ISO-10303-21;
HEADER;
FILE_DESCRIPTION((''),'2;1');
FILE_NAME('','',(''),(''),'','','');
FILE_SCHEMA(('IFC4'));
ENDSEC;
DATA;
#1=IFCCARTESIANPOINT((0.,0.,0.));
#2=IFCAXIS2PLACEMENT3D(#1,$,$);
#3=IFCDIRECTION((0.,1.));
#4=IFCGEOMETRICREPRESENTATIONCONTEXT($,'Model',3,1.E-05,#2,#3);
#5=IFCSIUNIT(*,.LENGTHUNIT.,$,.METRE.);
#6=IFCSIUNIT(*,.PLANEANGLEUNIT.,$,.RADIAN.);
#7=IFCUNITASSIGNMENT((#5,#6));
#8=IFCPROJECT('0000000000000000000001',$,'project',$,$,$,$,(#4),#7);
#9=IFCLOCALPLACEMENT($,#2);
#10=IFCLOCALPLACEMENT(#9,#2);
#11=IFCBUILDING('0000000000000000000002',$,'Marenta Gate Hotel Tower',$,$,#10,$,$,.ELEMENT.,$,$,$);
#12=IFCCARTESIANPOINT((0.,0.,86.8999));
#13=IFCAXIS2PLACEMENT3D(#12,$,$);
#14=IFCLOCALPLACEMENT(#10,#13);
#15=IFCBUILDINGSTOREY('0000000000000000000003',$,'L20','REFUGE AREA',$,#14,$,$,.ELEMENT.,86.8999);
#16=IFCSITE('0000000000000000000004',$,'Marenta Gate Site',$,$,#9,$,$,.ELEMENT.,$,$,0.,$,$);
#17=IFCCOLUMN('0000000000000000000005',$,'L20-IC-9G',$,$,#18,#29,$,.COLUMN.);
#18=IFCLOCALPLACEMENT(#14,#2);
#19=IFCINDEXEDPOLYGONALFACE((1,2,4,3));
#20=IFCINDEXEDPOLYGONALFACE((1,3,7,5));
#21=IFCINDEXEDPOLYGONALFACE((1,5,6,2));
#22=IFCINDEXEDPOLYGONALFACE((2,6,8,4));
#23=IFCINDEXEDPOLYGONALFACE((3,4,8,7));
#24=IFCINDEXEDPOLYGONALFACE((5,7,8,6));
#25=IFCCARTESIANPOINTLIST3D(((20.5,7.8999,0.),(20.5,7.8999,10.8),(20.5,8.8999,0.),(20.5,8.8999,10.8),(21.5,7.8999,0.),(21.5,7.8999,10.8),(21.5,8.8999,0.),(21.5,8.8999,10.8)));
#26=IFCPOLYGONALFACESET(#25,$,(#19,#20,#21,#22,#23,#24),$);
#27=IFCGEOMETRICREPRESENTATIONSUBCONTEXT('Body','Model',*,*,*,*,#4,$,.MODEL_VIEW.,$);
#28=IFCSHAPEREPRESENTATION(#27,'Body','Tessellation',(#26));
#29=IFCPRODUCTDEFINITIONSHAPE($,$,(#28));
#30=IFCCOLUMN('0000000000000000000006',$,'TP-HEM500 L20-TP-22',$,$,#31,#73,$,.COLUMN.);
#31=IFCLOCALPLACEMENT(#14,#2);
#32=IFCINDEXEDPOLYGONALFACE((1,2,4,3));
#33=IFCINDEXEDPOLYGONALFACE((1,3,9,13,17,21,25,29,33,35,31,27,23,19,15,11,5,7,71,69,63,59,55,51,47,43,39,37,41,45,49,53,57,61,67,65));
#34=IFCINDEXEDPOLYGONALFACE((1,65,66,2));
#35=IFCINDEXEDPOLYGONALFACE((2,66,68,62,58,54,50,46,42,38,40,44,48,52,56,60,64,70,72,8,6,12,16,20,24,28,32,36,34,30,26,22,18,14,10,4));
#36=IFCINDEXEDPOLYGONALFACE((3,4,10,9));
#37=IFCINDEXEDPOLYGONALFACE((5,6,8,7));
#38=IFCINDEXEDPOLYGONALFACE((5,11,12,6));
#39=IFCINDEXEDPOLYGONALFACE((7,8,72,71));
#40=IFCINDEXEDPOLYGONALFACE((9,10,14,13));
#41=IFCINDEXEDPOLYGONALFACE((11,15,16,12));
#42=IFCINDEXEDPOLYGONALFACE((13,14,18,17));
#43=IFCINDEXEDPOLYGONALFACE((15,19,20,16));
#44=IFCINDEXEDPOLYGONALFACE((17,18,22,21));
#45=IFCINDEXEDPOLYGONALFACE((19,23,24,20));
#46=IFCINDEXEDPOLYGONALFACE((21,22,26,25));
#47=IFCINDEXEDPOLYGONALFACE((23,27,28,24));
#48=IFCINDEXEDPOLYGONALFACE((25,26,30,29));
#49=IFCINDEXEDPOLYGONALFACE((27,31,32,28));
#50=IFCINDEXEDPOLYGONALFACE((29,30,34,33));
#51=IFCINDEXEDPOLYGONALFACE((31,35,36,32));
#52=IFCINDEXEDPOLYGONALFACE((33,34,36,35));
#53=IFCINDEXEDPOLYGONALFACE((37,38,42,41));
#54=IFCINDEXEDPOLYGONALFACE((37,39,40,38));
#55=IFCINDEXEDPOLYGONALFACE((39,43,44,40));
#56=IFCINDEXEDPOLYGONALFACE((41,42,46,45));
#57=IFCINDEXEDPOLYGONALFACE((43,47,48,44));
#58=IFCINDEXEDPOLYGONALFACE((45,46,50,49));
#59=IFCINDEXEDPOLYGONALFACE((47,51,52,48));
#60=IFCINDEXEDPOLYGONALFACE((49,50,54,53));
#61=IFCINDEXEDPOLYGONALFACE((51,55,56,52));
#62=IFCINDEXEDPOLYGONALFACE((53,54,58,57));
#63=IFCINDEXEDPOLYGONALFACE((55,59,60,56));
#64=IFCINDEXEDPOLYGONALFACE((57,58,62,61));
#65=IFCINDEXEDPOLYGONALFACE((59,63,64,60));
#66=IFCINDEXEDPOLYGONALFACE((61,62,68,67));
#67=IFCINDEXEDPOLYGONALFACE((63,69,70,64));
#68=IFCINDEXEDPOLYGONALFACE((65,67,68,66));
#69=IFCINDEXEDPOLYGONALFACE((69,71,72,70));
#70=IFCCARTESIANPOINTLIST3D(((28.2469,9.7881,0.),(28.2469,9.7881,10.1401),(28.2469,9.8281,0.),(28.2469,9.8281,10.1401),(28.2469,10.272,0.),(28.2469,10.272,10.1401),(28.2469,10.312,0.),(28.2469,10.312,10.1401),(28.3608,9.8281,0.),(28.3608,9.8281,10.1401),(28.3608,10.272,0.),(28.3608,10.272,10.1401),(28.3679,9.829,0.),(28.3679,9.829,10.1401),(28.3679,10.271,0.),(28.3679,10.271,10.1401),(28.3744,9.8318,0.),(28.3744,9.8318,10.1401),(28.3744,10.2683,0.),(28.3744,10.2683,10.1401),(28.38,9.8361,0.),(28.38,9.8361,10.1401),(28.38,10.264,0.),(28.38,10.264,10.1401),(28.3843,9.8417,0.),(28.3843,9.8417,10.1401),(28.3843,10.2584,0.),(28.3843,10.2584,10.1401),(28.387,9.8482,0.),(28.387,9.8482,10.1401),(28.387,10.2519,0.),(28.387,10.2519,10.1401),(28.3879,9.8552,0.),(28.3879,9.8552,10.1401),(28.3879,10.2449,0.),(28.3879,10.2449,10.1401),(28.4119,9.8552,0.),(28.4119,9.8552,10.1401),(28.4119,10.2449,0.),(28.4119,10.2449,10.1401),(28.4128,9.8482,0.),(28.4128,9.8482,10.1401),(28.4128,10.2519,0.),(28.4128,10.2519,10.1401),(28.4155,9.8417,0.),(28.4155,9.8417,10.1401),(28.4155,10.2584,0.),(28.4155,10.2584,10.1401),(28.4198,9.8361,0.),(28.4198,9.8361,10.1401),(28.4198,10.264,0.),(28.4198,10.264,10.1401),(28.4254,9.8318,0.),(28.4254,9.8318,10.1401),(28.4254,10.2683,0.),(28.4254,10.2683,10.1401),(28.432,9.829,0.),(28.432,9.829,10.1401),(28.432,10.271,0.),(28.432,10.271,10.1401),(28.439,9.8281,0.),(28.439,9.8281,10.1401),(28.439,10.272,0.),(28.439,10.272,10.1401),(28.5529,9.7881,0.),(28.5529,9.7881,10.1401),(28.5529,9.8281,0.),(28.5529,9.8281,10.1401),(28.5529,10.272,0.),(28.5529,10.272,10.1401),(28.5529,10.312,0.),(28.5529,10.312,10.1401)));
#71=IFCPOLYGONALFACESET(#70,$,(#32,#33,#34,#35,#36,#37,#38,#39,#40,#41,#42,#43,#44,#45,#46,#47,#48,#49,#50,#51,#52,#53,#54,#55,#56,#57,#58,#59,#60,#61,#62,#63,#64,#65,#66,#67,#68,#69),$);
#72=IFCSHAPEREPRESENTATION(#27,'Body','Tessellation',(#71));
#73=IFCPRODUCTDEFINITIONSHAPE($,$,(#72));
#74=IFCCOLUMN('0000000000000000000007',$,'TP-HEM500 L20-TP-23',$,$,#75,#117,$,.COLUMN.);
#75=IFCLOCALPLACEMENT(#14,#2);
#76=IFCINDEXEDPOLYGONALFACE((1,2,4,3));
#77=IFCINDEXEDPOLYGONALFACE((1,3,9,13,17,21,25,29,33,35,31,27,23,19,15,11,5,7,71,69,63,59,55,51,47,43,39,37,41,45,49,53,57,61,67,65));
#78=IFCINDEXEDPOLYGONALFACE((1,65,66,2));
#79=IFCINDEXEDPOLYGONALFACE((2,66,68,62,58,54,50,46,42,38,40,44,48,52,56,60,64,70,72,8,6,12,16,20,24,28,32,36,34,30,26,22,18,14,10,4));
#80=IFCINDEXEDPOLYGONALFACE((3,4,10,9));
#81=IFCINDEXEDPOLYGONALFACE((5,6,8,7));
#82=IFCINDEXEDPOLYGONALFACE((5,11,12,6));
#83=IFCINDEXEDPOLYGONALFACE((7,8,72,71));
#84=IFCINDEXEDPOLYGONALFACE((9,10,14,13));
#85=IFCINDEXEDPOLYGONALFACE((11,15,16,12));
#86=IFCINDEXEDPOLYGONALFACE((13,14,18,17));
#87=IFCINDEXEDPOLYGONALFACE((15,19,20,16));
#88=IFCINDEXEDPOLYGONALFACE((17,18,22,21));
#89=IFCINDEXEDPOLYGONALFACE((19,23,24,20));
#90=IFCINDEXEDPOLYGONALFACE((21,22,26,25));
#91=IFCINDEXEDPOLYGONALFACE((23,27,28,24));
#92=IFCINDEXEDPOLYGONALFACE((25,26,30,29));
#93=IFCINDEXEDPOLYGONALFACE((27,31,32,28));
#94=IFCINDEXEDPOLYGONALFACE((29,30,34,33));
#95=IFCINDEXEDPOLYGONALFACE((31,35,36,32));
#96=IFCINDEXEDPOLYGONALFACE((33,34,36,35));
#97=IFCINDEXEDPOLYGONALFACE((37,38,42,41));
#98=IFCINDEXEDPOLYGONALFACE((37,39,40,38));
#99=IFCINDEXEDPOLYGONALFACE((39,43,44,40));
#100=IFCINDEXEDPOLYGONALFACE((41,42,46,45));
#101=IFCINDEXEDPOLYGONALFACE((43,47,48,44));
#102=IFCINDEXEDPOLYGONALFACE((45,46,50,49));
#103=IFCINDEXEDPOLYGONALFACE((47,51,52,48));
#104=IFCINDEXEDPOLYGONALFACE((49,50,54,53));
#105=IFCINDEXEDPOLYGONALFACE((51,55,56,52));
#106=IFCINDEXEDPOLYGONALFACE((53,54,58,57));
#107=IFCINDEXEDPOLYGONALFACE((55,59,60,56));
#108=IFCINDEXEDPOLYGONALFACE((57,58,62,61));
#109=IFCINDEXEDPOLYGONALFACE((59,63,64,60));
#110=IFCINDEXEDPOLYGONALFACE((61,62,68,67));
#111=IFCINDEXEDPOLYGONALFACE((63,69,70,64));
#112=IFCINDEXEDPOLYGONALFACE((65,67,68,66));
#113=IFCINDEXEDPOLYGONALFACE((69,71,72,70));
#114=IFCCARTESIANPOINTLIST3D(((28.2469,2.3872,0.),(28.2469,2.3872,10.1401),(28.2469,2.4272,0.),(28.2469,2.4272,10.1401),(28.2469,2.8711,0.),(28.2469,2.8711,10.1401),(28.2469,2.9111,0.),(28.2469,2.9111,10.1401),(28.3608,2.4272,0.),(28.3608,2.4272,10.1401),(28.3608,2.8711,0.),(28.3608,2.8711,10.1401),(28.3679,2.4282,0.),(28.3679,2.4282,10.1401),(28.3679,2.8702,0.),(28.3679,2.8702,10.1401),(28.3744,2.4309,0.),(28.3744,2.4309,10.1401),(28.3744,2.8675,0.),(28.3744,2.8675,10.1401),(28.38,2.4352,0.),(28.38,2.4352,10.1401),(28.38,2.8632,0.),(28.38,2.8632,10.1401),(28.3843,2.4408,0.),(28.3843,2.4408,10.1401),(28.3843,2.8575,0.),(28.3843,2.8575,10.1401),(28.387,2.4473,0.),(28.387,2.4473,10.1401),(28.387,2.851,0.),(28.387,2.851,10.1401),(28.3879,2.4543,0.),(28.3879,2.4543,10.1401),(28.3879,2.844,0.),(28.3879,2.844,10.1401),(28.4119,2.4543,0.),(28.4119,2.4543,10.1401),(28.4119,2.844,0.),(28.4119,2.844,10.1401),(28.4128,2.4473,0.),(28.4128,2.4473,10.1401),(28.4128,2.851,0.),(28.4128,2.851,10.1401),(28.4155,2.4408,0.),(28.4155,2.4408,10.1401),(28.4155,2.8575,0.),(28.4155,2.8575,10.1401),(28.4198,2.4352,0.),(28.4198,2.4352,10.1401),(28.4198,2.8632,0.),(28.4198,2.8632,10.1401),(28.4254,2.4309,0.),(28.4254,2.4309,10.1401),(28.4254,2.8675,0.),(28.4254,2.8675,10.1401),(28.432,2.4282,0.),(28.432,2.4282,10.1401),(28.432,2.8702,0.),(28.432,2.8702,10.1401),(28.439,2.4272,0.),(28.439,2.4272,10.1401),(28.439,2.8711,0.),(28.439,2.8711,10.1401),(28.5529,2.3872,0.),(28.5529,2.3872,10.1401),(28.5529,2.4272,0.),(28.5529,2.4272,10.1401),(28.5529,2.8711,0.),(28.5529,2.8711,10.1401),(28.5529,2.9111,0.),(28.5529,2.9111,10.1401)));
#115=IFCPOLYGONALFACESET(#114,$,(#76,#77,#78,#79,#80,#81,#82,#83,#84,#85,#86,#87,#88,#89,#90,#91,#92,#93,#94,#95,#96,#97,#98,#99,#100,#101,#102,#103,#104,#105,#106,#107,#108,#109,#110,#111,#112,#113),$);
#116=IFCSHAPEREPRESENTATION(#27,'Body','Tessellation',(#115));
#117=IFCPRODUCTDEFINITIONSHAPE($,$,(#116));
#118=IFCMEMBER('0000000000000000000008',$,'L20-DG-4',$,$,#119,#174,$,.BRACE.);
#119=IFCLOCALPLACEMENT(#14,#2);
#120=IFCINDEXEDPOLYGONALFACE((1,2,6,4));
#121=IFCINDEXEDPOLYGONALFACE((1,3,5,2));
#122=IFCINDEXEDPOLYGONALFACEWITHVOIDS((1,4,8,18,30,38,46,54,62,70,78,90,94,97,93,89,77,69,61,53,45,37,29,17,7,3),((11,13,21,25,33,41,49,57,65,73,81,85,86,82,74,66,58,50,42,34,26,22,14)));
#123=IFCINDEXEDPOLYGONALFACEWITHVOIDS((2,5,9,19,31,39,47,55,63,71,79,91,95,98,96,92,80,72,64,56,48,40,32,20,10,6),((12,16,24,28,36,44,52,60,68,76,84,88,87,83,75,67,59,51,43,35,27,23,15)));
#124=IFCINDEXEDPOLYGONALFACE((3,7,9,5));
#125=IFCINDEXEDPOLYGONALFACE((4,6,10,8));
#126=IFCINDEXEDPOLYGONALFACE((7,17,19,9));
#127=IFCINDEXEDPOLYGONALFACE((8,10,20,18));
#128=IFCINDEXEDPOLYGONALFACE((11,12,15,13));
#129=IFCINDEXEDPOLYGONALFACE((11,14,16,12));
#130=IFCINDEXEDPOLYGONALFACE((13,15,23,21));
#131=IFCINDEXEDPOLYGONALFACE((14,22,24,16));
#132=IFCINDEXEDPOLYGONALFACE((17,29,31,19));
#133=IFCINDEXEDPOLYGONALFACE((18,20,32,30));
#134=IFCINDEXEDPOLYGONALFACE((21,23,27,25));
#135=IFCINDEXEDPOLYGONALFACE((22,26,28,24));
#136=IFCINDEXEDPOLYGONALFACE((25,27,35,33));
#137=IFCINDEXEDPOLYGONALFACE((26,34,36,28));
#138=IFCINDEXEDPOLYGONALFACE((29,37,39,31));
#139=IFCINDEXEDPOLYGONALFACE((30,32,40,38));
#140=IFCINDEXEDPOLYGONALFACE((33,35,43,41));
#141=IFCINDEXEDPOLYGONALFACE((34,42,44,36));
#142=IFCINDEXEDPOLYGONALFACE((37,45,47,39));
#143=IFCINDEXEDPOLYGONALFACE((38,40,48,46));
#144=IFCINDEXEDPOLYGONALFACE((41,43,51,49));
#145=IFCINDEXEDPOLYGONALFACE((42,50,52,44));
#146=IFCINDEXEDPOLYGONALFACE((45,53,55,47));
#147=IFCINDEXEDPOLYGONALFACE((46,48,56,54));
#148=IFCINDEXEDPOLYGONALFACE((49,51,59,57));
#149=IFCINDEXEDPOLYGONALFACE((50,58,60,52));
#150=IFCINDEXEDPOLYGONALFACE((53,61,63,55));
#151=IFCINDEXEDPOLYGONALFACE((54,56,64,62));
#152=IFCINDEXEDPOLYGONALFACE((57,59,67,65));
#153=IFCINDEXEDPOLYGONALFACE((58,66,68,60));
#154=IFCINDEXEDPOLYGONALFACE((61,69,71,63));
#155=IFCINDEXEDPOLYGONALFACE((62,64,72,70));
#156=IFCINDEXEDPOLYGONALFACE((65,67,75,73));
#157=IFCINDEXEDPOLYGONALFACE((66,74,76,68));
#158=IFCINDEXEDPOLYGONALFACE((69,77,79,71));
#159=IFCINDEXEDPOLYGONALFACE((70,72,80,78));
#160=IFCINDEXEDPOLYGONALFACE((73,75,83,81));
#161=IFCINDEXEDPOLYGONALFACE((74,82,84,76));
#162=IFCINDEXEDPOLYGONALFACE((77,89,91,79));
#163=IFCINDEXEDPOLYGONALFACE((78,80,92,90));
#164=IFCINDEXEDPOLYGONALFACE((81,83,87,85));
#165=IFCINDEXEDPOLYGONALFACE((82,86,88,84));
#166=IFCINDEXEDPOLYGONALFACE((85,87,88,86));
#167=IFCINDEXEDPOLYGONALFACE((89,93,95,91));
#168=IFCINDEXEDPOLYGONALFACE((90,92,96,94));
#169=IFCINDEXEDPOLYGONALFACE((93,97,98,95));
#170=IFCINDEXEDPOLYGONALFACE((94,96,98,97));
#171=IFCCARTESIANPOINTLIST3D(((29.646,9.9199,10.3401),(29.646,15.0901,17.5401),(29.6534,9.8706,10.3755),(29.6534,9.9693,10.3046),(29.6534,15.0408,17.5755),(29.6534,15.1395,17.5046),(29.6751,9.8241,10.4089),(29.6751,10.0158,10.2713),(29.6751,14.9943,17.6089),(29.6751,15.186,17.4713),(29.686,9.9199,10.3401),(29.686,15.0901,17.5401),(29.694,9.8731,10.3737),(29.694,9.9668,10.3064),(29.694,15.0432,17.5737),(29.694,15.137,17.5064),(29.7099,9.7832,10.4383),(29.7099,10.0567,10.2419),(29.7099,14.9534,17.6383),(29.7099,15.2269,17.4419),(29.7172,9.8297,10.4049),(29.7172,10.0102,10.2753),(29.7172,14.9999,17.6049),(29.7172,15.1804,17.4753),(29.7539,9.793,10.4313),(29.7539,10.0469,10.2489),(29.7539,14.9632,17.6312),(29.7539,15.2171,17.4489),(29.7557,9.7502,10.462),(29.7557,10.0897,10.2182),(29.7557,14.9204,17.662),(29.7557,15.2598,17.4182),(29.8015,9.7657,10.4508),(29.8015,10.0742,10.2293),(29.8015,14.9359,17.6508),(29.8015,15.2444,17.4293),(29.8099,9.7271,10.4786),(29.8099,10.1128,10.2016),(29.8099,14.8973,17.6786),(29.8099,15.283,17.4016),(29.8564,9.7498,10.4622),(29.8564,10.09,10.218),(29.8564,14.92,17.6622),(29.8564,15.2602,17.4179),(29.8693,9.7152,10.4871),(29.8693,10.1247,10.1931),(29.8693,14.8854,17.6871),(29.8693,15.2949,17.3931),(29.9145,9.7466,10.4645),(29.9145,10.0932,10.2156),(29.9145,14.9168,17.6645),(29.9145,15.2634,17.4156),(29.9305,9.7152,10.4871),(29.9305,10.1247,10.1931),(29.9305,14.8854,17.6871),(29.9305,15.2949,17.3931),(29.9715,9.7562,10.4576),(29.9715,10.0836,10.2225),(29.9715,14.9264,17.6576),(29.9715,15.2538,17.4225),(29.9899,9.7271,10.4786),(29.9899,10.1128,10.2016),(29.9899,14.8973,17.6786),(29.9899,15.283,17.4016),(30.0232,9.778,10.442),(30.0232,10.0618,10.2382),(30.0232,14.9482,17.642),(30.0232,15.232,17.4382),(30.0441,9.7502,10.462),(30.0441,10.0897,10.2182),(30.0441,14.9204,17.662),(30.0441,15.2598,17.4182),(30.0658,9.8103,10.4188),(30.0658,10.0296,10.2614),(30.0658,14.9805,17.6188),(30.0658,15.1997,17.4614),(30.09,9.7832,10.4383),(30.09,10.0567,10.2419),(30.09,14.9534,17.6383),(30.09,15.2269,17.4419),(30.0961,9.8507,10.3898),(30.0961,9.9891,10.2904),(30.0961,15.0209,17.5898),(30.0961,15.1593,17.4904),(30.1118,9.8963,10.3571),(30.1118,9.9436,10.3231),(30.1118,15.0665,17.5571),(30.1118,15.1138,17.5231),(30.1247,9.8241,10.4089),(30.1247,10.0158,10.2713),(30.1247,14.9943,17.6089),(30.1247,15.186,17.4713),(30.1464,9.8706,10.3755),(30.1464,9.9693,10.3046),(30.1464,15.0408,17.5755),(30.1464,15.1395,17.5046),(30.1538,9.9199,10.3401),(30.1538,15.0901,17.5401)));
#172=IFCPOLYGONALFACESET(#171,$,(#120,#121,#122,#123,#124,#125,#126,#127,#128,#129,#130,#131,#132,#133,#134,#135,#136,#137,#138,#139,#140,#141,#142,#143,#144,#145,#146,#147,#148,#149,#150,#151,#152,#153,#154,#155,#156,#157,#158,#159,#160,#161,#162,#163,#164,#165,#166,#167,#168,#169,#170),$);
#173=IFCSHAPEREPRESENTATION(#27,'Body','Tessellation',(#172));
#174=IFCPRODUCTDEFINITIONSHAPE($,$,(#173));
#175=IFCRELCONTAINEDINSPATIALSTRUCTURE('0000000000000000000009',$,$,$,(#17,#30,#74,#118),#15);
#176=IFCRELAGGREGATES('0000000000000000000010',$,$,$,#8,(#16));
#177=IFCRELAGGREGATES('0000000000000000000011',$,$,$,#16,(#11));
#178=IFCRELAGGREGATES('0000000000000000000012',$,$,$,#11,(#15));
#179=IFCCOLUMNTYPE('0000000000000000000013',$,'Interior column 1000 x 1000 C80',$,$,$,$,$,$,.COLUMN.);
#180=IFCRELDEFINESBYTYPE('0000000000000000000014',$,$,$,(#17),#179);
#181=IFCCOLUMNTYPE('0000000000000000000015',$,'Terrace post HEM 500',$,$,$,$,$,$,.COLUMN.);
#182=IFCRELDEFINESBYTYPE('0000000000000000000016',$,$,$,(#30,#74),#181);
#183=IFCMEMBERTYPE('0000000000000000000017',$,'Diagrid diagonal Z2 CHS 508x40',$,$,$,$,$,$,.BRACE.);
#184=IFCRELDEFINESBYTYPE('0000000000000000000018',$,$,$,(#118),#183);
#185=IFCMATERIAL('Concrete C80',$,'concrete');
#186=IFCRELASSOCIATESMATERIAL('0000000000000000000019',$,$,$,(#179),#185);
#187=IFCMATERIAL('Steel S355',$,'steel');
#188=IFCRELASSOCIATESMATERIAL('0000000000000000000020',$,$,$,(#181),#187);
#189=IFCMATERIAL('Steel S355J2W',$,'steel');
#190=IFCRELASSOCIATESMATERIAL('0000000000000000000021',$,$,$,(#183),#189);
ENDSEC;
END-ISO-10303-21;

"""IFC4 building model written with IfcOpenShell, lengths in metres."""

from ifc_helpers import new_model, si_unit, direction, frame, origin, origin_2d, place, context, subcontext, project, spatial, rectangle, hollow_circle, i_section, extrude, material, material_profile, profile_set, type_object, element, save


model = new_model("IFC4")

# Units and contexts
model_context = context("Model", 3, precision=1e-05, world=origin(), true_north=direction((0.0, 1.0)))
body_context = subcontext(model_context, "Body", "Model", "MODEL_VIEW")
ifc_project = project(units=[si_unit("LENGTHUNIT", "METRE"), si_unit("PLANEANGLEUNIT", "RADIAN")], contexts=[model_context])

# Site, building, storey
site_placement = place(None, origin())
site = spatial("IfcSite", under=ifc_project, at=site_placement, Name="Marenta Gate Site", CompositionType="ELEMENT", RefElevation=0.0)
building_placement = place(site_placement, origin())
building = spatial("IfcBuilding", under=site, at=building_placement, Name="Marenta Gate Hotel Tower", CompositionType="ELEMENT")
storey_placement = place(building_placement, frame((0.0, 0.0, 86.8999)))
storey = spatial("IfcBuildingStorey", under=building, at=storey_placement, Name="L20", Description="REFUGE AREA", CompositionType="ELEMENT", Elevation=86.8999)

# Columns
ifc_material_1 = material(Name="Concrete C80", Category="concrete")
ifc_material_profile_1 = material_profile(ifc_material_1, rectangle(XDim=1.0, YDim=1.0, at=origin_2d()), Name="1000 x 1000")
ifc_profile_set_1 = profile_set([ifc_material_profile_1], Name="Concrete C80")
column_type_1 = type_object("IfcColumnType", Name="Interior column 1000 x 1000 C80", PredefinedType="COLUMN", material=ifc_profile_set_1)
column_placement = place(storey_placement, frame((21.0, 8.3999, 0.0), z_axis=(0.0, 0.0, 1.0), x_axis=(1.0, 0.0, 0.0)))
element("IfcColumn", 1, at=column_placement, inside=storey, type_object=column_type_1, Name="L20-IC-9G", PredefinedType="COLUMN", context=body_context, shape_type="SweptSolid", body=[
    extrude(rectangle(XDim=1.0, YDim=1.0, at=origin_2d()), origin(), (0.0, 0.0, 1.0), 10.8),
])
ifc_material_2 = material(Name="Steel S355", Category="steel")
ifc_material_profile_2 = material_profile(ifc_material_2, i_section(OverallWidth=0.3059, OverallDepth=0.5239, WebThickness=0.0239, FlangeThickness=0.04, FilletRadius=0.0271, at=origin_2d()), Name="HEM 500")
ifc_profile_set_2 = profile_set([ifc_material_profile_2], Name="Steel S355")
column_type_2 = type_object("IfcColumnType", Name="Terrace post HEM 500", PredefinedType="COLUMN", material=ifc_profile_set_2)
for number, where, z_axis, x_axis, name in (
    (2, (28.3999, 10.05, 0.0), (0.0, 0.0, 1.0), (1.0, 0.0, 0.0), "TP-HEM500 L20-TP-22"),
    (3, (28.3999, 2.6492, 0.0), (0.0, 0.0, 1.0), (1.0, 0.0, 0.0), "TP-HEM500 L20-TP-23"),
):
    element("IfcColumn", number, at=place(storey_placement, frame(where, z_axis=z_axis, x_axis=x_axis)), inside=storey, type_object=column_type_2, Name=name, PredefinedType="COLUMN", context=body_context, shape_type="SweptSolid", body=[
        extrude(i_section(OverallWidth=0.3059, OverallDepth=0.5239, WebThickness=0.0239, FlangeThickness=0.04, FilletRadius=0.0271, at=origin_2d()), origin(), (0.0, 0.0, 1.0), 10.1401),
    ])

# Member
ifc_material_3 = material(Name="Steel S355J2W", Category="steel")
ifc_material_profile_3 = material_profile(ifc_material_3, hollow_circle(Radius=0.2539, WallThickness=0.04, at=origin_2d()), Name="CHS 508x40")
ifc_profile_set_3 = profile_set([ifc_material_profile_3], Name="Steel S355J2W")
member_type_1 = type_object("IfcMemberType", Name="Diagrid diagonal Z2 CHS 508x40", PredefinedType="BRACE", material=ifc_profile_set_3)
member_1_placement = place(storey_placement, frame((29.8999, 9.9199, 10.3401), z_axis=(0.0, 0.583279, 0.812272), x_axis=(-1.0, 0.0, 0.0)))
element("IfcMember", 4, at=member_1_placement, inside=storey, type_object=member_type_1, Name="L20-DG-4", PredefinedType="BRACE", context=body_context, shape_type="SweptSolid", body=[
    extrude(hollow_circle(Radius=0.2539, WallThickness=0.04, at=origin_2d()), origin(), (0.0, 0.0, 1.0), 8.864),
])

save(model, "model.ifc")
